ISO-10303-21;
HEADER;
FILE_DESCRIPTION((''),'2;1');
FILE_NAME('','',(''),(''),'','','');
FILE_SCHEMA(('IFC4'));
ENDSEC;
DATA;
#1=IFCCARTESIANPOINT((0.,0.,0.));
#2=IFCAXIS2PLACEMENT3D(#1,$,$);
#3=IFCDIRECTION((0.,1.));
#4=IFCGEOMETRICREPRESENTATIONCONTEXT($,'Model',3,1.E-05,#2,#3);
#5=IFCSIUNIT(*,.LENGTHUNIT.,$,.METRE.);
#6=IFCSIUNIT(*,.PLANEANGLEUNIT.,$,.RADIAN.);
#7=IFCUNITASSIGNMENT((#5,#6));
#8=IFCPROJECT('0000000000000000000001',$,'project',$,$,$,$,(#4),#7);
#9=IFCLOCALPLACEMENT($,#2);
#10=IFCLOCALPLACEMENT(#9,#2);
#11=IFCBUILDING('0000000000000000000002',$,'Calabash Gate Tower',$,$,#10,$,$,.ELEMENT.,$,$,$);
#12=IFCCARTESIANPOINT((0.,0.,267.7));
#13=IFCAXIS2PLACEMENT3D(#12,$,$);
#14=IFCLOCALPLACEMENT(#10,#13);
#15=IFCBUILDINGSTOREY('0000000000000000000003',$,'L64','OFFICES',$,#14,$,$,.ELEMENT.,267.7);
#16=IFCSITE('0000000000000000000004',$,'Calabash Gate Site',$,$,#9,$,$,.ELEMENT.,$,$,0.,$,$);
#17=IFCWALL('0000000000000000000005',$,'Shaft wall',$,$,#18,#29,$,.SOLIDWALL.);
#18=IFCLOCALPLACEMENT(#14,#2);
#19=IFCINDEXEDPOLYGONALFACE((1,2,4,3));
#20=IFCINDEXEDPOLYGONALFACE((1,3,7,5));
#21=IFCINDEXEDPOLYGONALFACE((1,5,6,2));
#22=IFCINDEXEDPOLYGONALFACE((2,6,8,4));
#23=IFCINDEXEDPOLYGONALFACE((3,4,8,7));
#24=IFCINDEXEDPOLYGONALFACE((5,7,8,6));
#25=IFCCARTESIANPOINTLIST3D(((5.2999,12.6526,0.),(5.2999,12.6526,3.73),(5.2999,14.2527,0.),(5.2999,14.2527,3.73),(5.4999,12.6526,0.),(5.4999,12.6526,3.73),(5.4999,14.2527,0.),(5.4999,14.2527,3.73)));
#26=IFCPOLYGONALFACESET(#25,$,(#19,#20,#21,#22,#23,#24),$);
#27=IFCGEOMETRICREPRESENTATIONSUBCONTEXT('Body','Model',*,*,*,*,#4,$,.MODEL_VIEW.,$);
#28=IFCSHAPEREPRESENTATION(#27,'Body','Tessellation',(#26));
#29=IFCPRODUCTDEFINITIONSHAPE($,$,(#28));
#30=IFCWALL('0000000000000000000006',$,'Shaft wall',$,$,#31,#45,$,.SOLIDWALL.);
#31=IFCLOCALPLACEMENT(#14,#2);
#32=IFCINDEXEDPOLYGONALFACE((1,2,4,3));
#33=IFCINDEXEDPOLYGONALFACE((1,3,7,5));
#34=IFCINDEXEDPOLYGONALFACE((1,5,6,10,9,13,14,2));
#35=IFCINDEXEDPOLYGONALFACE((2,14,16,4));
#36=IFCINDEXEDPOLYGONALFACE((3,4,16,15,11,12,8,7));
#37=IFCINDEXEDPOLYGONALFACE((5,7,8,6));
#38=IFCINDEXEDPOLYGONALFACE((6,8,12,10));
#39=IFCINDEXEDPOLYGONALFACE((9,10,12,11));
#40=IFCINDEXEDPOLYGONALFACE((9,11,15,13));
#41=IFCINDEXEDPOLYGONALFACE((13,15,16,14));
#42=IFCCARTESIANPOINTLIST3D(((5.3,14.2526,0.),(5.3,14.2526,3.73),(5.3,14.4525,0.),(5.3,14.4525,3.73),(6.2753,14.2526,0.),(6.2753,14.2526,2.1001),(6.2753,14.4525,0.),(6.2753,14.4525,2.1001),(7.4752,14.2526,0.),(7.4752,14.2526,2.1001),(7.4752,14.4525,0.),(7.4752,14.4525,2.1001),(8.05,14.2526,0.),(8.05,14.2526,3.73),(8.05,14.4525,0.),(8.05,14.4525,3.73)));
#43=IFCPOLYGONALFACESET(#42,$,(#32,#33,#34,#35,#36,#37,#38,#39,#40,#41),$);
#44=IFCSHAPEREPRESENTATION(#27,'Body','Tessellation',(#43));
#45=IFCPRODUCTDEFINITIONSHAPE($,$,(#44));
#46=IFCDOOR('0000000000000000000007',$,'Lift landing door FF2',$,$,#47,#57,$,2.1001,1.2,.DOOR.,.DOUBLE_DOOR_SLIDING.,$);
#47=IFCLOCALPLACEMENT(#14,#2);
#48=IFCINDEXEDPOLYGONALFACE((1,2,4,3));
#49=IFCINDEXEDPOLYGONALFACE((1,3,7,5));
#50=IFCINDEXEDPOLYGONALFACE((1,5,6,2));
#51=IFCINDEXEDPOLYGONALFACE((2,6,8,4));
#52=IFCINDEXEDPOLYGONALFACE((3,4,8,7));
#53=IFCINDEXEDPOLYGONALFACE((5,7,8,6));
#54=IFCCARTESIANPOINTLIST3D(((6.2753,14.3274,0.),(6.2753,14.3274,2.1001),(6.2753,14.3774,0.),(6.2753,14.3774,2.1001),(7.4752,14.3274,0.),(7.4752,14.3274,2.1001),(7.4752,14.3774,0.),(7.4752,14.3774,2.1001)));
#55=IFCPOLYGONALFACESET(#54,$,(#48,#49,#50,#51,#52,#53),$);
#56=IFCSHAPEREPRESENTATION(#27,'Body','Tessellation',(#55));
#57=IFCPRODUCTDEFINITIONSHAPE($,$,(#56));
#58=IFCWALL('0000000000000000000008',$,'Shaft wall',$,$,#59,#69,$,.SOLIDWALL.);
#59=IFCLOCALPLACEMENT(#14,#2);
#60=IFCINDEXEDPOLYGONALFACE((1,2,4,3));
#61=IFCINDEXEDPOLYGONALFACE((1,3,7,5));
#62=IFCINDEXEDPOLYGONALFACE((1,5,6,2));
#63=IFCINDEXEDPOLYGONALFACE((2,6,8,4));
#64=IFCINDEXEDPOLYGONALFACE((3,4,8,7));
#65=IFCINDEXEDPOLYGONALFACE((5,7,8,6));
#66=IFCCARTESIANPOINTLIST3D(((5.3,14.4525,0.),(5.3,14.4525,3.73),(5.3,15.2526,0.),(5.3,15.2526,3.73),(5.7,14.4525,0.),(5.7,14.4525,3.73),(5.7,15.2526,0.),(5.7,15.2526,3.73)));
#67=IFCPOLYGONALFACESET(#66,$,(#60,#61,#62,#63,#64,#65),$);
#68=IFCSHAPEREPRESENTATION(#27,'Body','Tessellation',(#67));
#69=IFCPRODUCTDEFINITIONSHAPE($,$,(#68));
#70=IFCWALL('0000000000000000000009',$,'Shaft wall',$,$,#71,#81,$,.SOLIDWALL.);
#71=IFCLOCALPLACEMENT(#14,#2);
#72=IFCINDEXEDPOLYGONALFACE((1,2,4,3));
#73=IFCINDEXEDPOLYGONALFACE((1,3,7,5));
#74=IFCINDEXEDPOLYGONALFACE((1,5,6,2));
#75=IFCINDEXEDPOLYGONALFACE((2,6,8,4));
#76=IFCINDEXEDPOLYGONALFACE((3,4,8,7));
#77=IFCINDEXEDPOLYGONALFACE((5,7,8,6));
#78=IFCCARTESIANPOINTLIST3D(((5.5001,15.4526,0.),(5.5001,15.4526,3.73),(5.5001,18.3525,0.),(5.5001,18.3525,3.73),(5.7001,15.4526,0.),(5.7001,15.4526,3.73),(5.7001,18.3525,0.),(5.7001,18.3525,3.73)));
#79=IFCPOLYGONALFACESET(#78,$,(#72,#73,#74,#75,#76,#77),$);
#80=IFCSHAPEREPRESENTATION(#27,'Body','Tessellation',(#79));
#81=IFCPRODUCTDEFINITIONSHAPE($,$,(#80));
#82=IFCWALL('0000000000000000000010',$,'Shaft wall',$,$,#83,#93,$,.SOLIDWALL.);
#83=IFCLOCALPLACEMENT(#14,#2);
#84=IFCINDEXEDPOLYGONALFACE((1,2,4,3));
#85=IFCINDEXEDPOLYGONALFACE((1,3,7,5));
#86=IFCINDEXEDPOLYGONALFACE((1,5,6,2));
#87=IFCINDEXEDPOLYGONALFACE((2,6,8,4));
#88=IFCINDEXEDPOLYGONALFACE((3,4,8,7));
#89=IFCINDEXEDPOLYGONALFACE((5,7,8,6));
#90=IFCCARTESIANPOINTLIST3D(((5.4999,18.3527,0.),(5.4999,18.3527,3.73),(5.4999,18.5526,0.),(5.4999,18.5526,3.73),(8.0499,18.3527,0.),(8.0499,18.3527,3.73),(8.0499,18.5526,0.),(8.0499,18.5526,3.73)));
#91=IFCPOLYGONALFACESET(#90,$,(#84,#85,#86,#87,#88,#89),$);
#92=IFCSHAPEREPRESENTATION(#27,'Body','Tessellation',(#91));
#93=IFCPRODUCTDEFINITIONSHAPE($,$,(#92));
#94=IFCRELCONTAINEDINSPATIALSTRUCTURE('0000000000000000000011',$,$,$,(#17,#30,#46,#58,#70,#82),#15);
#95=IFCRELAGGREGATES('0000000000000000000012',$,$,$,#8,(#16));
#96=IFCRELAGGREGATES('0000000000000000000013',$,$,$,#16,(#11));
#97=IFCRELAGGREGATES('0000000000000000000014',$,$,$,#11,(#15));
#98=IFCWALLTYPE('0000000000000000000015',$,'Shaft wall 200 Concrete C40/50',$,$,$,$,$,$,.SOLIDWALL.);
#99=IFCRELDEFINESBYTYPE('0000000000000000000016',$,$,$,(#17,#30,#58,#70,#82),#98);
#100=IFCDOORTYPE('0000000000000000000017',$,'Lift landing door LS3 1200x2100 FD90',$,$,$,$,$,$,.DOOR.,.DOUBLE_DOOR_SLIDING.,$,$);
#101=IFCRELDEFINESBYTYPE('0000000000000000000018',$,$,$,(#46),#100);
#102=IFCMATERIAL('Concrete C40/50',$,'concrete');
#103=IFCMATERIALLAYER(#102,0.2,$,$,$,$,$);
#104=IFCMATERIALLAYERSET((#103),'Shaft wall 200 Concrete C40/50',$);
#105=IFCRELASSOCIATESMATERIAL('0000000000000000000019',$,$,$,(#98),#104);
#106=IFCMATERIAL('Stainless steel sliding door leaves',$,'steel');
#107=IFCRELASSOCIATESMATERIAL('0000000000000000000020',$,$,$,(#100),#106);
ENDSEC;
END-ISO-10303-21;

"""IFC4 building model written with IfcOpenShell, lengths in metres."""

from ifc_helpers import new_model, si_unit, direction, frame, frame_2d, origin, place, context, subcontext, project, spatial, rectangle, extrude, material, layer, layer_set, type_object, element, fill, save


model = new_model("IFC4")

# Units and contexts
model_context = context("Model", 3, precision=1e-05, world=origin(), true_north=direction((0.0, 1.0)))
body_context = subcontext(model_context, "Body", "Model", "MODEL_VIEW")
ifc_project = project(units=[si_unit("LENGTHUNIT", "METRE"), si_unit("PLANEANGLEUNIT", "RADIAN")], contexts=[model_context])

# Site, building, storey
site_placement = place(None, origin())
site = spatial("IfcSite", under=ifc_project, at=site_placement, Name="Calabash Gate Site", CompositionType="ELEMENT", RefElevation=0.0)
building_placement = place(site_placement, origin())
building = spatial("IfcBuilding", under=site, at=building_placement, Name="Calabash Gate Tower", CompositionType="ELEMENT")
storey_placement = place(building_placement, frame((0.0, 0.0, 267.7)))
storey = spatial("IfcBuildingStorey", under=building, at=storey_placement, Name="L64", Description="OFFICES", CompositionType="ELEMENT", Elevation=267.7)

# Shared definitions
ifc_material_1 = material(Name="Concrete C40/50", Category="concrete")
ifc_layer_1 = layer(ifc_material_1, 0.2)
ifc_layer_set_1 = layer_set([ifc_layer_1], Name="Shaft wall 200 Concrete C40/50")
wall_type_1 = type_object("IfcWallType", Name="Shaft wall 200 Concrete C40/50", PredefinedType="SOLIDWALL", material=ifc_layer_set_1)

# Wall
wall_1_placement = place(storey_placement, frame((5.3999, 12.6526, 0.0), z_axis=(0.0, 0.0, 1.0), x_axis=(0.0, 1.0, 0.0)))
element("IfcWall", 1, at=wall_1_placement, inside=storey, type_object=wall_type_1, Name="Shaft wall", PredefinedType="SOLIDWALL", context=body_context, shape_type="SweptSolid", body=[
    extrude(rectangle(XDim=1.6001, YDim=0.2, at=frame_2d((0.8, 0.0))), origin(), (0.0, 0.0, 1.0), 3.73),
])

# Wall, opening, door
wall_2_placement = place(storey_placement, frame((5.3, 14.3525, 0.0), z_axis=(0.0, 0.0, 1.0), x_axis=(1.0, 0.0, 0.0)))
wall_2 = element("IfcWall", 2, at=wall_2_placement, inside=storey, type_object=wall_type_1, Name="Shaft wall", PredefinedType="SOLIDWALL", context=body_context, shape_type="SweptSolid", body=[
    extrude(rectangle(XDim=2.75, YDim=0.2, at=frame_2d((1.375, 0.0))), origin(), (0.0, 0.0, 1.0), 3.73),
])
opening_1_placement = place(wall_2_placement, frame((0.9751, 0.0, 0.0)))
opening_1 = element("IfcOpeningElement", 3, at=opening_1_placement, cuts=wall_2, PredefinedType="OPENING", context=body_context, shape_type="SweptSolid", body=[
    extrude(rectangle(XDim=1.2, YDim=2.1001, at=frame_2d((0.6001, 1.05))), frame((0.0, 0.1099, 0.0), z_axis=(0.0, -1.0, 0.0), x_axis=(1.0, 0.0, 0.0)), (0.0, 0.0, 1.0), 0.22),
])
ifc_material_2 = material(Name="Stainless steel sliding door leaves", Category="steel")
door_type_1 = type_object("IfcDoorType", Name="Lift landing door LS3 1200x2100 FD90", OperationType="DOUBLE_DOOR_SLIDING", PredefinedType="DOOR", material=ifc_material_2)
door_1_placement = place(opening_1_placement, origin())
door_1 = element("IfcDoor", 4, at=door_1_placement, inside=storey, type_object=door_type_1, Name="Lift landing door FF2", OperationType="DOUBLE_DOOR_SLIDING", OverallHeight=2.1001, OverallWidth=1.2, PredefinedType="DOOR", context=body_context, shape_type="SweptSolid", body=[
    extrude(rectangle(XDim=1.2, YDim=2.1001, at=frame_2d((0.6001, 1.05))), frame((0.0, 0.0249, 0.0), z_axis=(0.0, -1.0, 0.0), x_axis=(1.0, 0.0, 0.0)), (0.0, 0.0, 1.0), 0.05),
])
fill(opening_1, door_1)

# Walls
wall_3_placement = place(storey_placement, frame((5.5, 14.4526, 0.0), z_axis=(0.0, 0.0, 1.0), x_axis=(0.0, 1.0, 0.0)))
element("IfcWall", 5, at=wall_3_placement, inside=storey, type_object=wall_type_1, Name="Shaft wall", PredefinedType="SOLIDWALL", context=body_context, shape_type="SweptSolid", body=[
    extrude(rectangle(XDim=0.8, YDim=0.3999, at=frame_2d((0.3999, 0.0))), origin(), (0.0, 0.0, 1.0), 3.73),
])
wall_4_placement = place(storey_placement, frame((5.6001, 15.4526, 0.0), z_axis=(0.0, 0.0, 1.0), x_axis=(0.0, 1.0, 0.0)))
element("IfcWall", 6, at=wall_4_placement, inside=storey, type_object=wall_type_1, Name="Shaft wall", PredefinedType="SOLIDWALL", context=body_context, shape_type="SweptSolid", body=[
    extrude(rectangle(XDim=2.8999, YDim=0.2, at=frame_2d((1.45, 0.0))), origin(), (0.0, 0.0, 1.0), 3.73),
])
wall_5_placement = place(storey_placement, frame((5.5, 18.4526, 0.0), z_axis=(0.0, 0.0, 1.0), x_axis=(1.0, 0.0, 0.0)))
element("IfcWall", 7, at=wall_5_placement, inside=storey, type_object=wall_type_1, Name="Shaft wall", PredefinedType="SOLIDWALL", context=body_context, shape_type="SweptSolid", body=[
    extrude(rectangle(XDim=2.55, YDim=0.2, at=frame_2d((1.2749, 0.0))), origin(), (0.0, 0.0, 1.0), 3.73),
])

save(model, "model.ifc")
